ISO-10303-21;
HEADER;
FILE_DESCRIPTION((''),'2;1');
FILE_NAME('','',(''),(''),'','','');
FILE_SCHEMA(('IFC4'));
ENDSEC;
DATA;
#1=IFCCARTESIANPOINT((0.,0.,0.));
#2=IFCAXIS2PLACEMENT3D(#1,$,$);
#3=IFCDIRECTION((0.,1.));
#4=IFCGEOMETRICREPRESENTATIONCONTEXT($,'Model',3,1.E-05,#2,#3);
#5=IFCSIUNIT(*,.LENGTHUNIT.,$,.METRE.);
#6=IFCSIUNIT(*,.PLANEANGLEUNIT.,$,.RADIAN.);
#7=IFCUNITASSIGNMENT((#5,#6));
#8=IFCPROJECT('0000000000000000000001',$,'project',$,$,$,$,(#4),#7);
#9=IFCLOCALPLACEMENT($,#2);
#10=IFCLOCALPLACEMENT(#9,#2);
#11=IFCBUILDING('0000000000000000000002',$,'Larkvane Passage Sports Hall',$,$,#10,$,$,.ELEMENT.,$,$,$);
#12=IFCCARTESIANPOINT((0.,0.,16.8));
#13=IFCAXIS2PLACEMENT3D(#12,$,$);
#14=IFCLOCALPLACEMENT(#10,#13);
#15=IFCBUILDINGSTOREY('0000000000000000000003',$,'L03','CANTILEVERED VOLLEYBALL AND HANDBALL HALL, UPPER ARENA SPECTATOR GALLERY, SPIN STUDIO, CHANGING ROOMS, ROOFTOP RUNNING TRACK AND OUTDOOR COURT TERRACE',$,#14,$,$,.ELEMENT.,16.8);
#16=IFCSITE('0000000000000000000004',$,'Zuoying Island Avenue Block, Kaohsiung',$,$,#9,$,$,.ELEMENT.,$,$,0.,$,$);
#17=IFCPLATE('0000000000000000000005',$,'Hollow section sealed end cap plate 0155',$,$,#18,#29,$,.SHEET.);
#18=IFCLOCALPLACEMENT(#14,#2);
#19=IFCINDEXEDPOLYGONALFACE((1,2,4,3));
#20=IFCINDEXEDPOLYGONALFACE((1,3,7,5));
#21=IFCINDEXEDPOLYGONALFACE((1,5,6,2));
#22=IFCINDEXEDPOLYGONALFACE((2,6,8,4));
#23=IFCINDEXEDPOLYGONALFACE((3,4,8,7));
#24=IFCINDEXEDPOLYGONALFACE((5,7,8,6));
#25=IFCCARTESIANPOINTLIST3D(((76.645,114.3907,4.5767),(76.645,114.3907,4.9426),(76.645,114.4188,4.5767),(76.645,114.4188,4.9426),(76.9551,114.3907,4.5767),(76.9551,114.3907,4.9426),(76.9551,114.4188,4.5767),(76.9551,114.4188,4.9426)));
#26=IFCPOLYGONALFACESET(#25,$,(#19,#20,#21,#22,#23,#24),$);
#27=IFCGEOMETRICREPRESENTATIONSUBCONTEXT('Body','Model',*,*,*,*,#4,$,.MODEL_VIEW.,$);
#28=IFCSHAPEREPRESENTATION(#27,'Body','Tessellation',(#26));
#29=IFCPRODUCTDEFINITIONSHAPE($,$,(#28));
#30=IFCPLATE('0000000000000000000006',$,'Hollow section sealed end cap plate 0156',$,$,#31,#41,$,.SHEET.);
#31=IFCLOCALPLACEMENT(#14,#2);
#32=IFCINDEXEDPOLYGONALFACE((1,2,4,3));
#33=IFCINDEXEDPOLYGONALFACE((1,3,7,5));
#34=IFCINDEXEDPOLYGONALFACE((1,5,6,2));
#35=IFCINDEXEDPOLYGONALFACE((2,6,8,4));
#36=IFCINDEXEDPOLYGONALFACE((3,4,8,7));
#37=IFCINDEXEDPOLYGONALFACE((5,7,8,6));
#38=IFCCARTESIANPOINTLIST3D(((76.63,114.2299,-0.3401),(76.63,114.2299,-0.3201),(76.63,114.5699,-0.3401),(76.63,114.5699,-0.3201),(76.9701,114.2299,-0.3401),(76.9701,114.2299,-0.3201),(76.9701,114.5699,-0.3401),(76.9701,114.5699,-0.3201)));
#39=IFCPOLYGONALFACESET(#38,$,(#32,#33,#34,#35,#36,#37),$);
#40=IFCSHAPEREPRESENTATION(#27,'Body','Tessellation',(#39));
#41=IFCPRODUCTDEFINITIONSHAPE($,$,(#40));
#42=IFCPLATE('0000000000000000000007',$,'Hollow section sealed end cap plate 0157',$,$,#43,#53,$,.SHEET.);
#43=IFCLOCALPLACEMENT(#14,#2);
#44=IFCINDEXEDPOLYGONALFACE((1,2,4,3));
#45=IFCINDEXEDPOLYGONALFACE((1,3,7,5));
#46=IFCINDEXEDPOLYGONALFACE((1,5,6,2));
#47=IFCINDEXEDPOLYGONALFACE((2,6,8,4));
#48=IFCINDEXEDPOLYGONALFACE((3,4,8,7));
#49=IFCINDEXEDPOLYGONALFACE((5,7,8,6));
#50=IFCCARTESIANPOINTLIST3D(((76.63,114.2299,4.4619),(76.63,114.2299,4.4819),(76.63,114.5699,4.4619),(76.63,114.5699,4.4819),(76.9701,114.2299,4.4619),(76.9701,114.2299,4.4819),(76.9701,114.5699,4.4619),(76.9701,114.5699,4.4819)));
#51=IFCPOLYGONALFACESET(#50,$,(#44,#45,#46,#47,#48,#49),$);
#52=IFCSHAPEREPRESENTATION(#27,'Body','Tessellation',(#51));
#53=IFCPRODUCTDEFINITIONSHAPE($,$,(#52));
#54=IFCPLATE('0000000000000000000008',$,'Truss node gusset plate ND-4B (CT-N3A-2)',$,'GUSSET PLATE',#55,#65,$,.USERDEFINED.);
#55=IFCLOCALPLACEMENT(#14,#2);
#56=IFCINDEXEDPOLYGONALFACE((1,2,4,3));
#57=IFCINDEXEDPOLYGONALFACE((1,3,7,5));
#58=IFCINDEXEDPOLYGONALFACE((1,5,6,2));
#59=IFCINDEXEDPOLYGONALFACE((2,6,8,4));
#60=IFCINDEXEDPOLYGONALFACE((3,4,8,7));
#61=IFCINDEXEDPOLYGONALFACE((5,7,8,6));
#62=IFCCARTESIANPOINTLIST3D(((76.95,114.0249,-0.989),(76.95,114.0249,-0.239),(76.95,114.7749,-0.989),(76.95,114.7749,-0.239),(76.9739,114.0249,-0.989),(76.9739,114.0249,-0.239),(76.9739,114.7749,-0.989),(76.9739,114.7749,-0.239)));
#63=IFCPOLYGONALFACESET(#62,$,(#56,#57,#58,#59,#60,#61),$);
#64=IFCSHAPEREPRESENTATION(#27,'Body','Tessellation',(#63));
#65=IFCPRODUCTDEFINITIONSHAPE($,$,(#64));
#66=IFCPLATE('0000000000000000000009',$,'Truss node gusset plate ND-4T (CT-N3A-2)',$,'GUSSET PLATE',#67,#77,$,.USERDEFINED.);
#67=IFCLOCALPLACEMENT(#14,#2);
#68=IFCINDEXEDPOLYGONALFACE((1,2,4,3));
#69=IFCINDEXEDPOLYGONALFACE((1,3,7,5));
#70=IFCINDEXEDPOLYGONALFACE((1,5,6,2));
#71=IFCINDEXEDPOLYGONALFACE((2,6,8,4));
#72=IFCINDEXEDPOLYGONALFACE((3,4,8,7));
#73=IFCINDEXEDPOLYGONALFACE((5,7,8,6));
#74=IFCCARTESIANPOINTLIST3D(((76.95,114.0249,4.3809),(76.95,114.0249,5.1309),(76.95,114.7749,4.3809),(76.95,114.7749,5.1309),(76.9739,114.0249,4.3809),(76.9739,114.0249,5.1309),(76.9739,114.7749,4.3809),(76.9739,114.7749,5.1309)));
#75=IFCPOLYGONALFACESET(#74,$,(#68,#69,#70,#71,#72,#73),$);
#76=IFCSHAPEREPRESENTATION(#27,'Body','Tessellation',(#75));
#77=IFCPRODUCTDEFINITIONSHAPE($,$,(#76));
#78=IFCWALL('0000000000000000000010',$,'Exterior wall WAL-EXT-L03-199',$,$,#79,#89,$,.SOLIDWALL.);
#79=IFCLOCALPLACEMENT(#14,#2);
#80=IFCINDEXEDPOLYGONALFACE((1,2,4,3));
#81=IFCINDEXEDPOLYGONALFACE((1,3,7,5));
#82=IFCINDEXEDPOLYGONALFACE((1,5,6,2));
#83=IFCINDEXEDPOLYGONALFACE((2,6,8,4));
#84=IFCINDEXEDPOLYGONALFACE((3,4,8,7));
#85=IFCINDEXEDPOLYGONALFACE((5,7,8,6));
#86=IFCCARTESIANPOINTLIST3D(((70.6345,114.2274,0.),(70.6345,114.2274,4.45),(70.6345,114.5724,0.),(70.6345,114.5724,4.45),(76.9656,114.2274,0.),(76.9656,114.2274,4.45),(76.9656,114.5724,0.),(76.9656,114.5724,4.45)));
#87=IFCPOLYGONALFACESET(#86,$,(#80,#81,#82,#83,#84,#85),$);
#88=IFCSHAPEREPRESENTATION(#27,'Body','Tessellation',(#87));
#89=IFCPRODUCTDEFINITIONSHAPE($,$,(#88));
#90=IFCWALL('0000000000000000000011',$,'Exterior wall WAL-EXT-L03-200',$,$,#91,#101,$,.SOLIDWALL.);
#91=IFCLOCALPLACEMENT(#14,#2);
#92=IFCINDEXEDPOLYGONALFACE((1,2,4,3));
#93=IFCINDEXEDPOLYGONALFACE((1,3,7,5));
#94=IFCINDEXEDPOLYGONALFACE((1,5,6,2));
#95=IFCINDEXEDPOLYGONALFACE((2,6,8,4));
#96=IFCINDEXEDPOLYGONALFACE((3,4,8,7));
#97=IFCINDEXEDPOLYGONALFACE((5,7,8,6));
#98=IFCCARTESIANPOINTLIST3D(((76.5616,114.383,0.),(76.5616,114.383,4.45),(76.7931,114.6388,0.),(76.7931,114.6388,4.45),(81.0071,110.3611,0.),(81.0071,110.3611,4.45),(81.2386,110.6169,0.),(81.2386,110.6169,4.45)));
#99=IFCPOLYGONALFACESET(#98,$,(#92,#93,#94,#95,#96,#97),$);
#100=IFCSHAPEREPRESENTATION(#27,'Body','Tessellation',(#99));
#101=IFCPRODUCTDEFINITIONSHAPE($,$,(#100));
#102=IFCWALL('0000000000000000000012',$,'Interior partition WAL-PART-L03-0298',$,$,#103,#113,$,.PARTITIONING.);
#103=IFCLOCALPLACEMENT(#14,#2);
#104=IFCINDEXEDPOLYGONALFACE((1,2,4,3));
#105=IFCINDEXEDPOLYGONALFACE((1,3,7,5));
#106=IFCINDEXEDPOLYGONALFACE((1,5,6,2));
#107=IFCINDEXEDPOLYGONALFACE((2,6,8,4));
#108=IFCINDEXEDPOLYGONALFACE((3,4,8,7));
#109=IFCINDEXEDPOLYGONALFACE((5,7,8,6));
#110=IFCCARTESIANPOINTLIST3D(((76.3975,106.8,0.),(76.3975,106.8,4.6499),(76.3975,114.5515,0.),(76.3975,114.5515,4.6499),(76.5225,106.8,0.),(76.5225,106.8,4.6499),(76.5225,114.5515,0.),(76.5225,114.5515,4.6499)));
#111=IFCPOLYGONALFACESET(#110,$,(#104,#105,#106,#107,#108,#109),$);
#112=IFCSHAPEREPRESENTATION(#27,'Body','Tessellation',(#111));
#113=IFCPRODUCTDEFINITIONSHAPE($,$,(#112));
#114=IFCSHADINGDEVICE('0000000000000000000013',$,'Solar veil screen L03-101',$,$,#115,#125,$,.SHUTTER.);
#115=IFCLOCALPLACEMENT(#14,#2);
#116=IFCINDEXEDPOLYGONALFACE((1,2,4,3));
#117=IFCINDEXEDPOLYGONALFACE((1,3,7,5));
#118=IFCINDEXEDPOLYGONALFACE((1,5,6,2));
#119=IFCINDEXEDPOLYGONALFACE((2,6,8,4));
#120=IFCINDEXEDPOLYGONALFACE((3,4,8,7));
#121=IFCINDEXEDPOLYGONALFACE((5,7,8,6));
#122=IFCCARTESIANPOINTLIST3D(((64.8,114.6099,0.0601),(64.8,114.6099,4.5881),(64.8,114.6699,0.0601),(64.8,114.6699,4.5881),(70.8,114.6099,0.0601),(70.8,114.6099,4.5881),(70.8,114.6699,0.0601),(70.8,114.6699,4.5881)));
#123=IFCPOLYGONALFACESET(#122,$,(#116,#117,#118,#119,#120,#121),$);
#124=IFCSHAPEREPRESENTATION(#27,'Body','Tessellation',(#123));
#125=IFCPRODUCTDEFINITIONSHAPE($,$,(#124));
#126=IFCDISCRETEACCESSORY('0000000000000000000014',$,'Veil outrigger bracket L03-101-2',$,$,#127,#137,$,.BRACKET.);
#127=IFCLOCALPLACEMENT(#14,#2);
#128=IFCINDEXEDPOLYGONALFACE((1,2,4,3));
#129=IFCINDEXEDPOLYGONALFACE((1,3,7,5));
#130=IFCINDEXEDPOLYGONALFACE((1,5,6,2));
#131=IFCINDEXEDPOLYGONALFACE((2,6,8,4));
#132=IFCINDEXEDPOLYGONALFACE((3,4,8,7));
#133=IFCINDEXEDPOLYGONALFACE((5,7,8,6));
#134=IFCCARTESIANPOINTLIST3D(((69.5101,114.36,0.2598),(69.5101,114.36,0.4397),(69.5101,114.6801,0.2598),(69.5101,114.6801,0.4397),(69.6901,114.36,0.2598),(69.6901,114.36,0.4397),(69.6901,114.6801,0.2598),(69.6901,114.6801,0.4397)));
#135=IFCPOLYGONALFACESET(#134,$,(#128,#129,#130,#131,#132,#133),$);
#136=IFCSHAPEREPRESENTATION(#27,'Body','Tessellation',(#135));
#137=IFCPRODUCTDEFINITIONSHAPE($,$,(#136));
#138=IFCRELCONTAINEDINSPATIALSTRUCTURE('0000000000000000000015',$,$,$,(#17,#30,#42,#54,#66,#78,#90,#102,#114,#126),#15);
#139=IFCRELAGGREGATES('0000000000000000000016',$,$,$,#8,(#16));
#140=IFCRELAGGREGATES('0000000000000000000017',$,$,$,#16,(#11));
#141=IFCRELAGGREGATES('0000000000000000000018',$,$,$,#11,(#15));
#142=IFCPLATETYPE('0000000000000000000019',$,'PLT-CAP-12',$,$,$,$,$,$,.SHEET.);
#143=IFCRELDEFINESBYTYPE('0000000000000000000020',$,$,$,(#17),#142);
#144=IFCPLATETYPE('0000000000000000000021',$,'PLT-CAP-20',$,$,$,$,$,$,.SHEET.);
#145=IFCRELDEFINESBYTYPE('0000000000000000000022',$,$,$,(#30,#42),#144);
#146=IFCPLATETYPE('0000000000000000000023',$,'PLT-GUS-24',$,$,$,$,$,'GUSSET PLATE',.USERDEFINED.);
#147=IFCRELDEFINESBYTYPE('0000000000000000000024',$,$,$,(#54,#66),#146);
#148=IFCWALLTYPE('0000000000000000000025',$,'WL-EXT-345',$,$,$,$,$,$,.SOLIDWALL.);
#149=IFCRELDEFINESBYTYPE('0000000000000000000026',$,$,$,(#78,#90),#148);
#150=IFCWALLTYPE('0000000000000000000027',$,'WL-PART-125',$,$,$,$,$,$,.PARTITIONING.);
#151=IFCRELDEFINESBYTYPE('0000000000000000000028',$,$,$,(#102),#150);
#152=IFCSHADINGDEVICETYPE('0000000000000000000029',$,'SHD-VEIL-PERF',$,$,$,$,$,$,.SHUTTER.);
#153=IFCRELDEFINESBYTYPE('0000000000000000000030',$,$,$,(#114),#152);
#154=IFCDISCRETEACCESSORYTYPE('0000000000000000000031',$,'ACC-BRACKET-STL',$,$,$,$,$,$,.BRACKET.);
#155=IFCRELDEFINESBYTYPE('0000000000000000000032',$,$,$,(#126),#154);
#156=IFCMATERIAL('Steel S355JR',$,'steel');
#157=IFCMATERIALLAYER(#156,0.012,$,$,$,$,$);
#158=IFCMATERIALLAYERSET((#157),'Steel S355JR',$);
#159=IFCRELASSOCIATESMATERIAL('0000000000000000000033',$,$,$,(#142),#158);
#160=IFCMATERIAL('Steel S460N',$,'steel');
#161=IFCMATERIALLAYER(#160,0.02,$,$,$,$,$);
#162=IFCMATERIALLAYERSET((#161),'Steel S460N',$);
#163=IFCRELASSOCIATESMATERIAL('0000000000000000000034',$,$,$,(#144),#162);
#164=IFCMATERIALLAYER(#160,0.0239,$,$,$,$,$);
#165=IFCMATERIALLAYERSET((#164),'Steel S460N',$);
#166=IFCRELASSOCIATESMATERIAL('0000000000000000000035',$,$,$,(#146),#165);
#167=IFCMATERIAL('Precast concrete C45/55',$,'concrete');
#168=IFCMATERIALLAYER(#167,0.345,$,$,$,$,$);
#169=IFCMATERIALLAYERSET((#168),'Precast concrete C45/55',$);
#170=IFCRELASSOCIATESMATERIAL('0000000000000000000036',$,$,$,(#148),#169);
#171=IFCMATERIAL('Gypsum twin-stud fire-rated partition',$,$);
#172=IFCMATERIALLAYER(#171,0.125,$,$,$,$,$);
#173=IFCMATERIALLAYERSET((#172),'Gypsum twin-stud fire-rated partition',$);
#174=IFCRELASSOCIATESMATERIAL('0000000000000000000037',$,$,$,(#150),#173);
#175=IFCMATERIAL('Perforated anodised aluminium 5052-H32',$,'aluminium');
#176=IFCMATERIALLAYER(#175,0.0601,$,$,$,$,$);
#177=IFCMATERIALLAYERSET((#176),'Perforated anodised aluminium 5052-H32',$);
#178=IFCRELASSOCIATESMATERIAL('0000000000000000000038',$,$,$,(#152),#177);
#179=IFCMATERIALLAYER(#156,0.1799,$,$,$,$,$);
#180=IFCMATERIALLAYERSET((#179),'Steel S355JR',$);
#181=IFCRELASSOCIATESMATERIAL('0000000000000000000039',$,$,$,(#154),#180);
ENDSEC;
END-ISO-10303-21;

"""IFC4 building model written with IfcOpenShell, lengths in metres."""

from ifc_helpers import new_model, si_unit, direction, frame, frame_2d, origin, origin_2d, place, context, subcontext, project, spatial, rectangle, extrude, material, layer, layer_set, type_object, element, save


model = new_model("IFC4")

# Units and contexts
model_context = context("Model", 3, precision=1e-05, world=origin(), true_north=direction((0.0, 1.0)))
body_context = subcontext(model_context, "Body", "Model", "MODEL_VIEW")
ifc_project = project(units=[si_unit("LENGTHUNIT", "METRE"), si_unit("PLANEANGLEUNIT", "RADIAN")], contexts=[model_context])

# Site, building, storey
site_placement = place(None, origin())
site = spatial("IfcSite", under=ifc_project, at=site_placement, Name="Zuoying Island Avenue Block, Kaohsiung", CompositionType="ELEMENT", RefElevation=0.0)
building_placement = place(site_placement, origin())
building = spatial("IfcBuilding", under=site, at=building_placement, Name="Larkvane Passage Sports Hall", CompositionType="ELEMENT")
storey_placement = place(building_placement, frame((0.0, 0.0, 16.8)))
storey = spatial("IfcBuildingStorey", under=building, at=storey_placement, Name="L03", Description="CANTILEVERED VOLLEYBALL AND HANDBALL HALL, UPPER ARENA SPECTATOR GALLERY, SPIN STUDIO, CHANGING ROOMS, ROOFTOP RUNNING TRACK AND OUTDOOR COURT TERRACE", CompositionType="ELEMENT", Elevation=16.8)

# Shared definitions
ifc_material_1 = material(Name="Steel S460N", Category="steel")

# Plates
ifc_material_2 = material(Name="Steel S355JR", Category="steel")
ifc_layer_1 = layer(ifc_material_2, 0.012)
ifc_layer_set_1 = layer_set([ifc_layer_1], Name="Steel S355JR")
plate_type_1 = type_object("IfcPlateType", Name="PLT-CAP-12", PredefinedType="SHEET", material=ifc_layer_set_1)
plate_1_placement = place(storey_placement, frame((76.8, 114.4048, 4.5767), z_axis=(0.0, 0.0, 1.0), x_axis=(-1.0, 0.0, 0.0)))
element("IfcPlate", 1, at=plate_1_placement, inside=storey, type_object=plate_type_1, Name="Hollow section sealed end cap plate 0155", PredefinedType="SHEET", context=body_context, shape_type="SweptSolid", body=[
    extrude(rectangle(XDim=0.3101, YDim=0.0281, at=origin_2d()), origin(), (0.0, 0.0, 1.0), 0.366),
])
ifc_layer_2 = layer(ifc_material_1, 0.02)
ifc_layer_set_2 = layer_set([ifc_layer_2], Name="Steel S460N")
plate_type_2 = type_object("IfcPlateType", Name="PLT-CAP-20", PredefinedType="SHEET", material=ifc_layer_set_2)
for number, where, z_axis, x_axis, name in (
    (2, (76.8, 114.3999, -0.3401), (0.0, 0.0, 1.0), (1.0, 0.0, 0.0), "Hollow section sealed end cap plate 0156"),
    (3, (76.8, 114.3999, 4.4619), (0.0, 0.0, 1.0), (1.0, 0.0, 0.0), "Hollow section sealed end cap plate 0157"),
):
    element("IfcPlate", number, at=place(storey_placement, frame(where, z_axis=z_axis, x_axis=x_axis)), inside=storey, type_object=plate_type_2, Name=name, PredefinedType="SHEET", context=body_context, shape_type="SweptSolid", body=[
        extrude(rectangle(XDim=0.3401, YDim=0.3401, at=origin_2d()), origin(), (0.0, 0.0, 1.0), 0.02),
    ])
ifc_layer_3 = layer(ifc_material_1, 0.0239)
ifc_layer_set_3 = layer_set([ifc_layer_3], Name="Steel S460N")
plate_type_3 = type_object("IfcPlateType", Name="PLT-GUS-24", ElementType="GUSSET PLATE", PredefinedType="USERDEFINED", material=ifc_layer_set_3)
for number, where, z_axis, x_axis, name in (
    (4, (76.9619, 114.3999, -0.989), (0.0, 0.0, 1.0), (0.0, 1.0, 0.0), "Truss node gusset plate ND-4B (CT-N3A-2)"),
    (5, (76.9619, 114.3999, 4.3809), (0.0, 0.0, 1.0), (0.0, 1.0, 0.0), "Truss node gusset plate ND-4T (CT-N3A-2)"),
):
    element("IfcPlate", number, at=place(storey_placement, frame(where, z_axis=z_axis, x_axis=x_axis)), inside=storey, type_object=plate_type_3, Name=name, ObjectType="GUSSET PLATE", PredefinedType="USERDEFINED", context=body_context, shape_type="SweptSolid", body=[
        extrude(rectangle(XDim=0.75, YDim=0.0239, at=origin_2d()), origin(), (0.0, 0.0, 1.0), 0.75),
    ])

# Walls
ifc_material_3 = material(Name="Precast concrete C45/55", Category="concrete")
ifc_layer_4 = layer(ifc_material_3, 0.345)
ifc_layer_set_4 = layer_set([ifc_layer_4], Name="Precast concrete C45/55")
wall_type_1 = type_object("IfcWallType", Name="WL-EXT-345", PredefinedType="SOLIDWALL", material=ifc_layer_set_4)
wall_1_placement = place(storey_placement, frame((70.6345, 114.3999, 0.0), z_axis=(0.0, 0.0, 1.0), x_axis=(1.0, 0.0, 0.0)))
element("IfcWall", 6, at=wall_1_placement, inside=storey, type_object=wall_type_1, Name="Exterior wall WAL-EXT-L03-199", PredefinedType="SOLIDWALL", context=body_context, shape_type="SweptSolid", body=[
    extrude(rectangle(XDim=6.3311, YDim=0.345, at=frame_2d((3.1655, 0.0))), origin(), (0.0, 0.0, 1.0), 4.45),
])
wall_2_placement = place(storey_placement, frame((76.6772, 114.511, 0.0), z_axis=(0.0, 0.0, 1.0), x_axis=(0.741552, -0.670895, 0.0)))
element("IfcWall", 7, at=wall_2_placement, inside=storey, type_object=wall_type_1, Name="Exterior wall WAL-EXT-L03-200", PredefinedType="SOLIDWALL", context=body_context, shape_type="SweptSolid", body=[
    extrude(rectangle(XDim=5.9949, YDim=0.345, at=frame_2d((2.9976, 0.0))), origin(), (0.0, 0.0, 1.0), 4.45),
])
ifc_material_4 = material(Name="Gypsum twin-stud fire-rated partition")
ifc_layer_5 = layer(ifc_material_4, 0.125)
ifc_layer_set_5 = layer_set([ifc_layer_5], Name="Gypsum twin-stud fire-rated partition")
wall_type_2 = type_object("IfcWallType", Name="WL-PART-125", PredefinedType="PARTITIONING", material=ifc_layer_set_5)
wall_3_placement = place(storey_placement, frame((76.46, 114.5515, 0.0), z_axis=(0.0, 0.0, 1.0), x_axis=(0.0, -1.0, 0.0)))
element("IfcWall", 8, at=wall_3_placement, inside=storey, type_object=wall_type_2, Name="Interior partition WAL-PART-L03-0298", PredefinedType="PARTITIONING", context=body_context, shape_type="SweptSolid", body=[
    extrude(rectangle(XDim=7.7515, YDim=0.125, at=frame_2d((3.8757, 0.0))), origin(), (0.0, 0.0, 1.0), 4.6499),
])

# Shading device
ifc_material_5 = material(Name="Perforated anodised aluminium 5052-H32", Category="aluminium")
ifc_layer_6 = layer(ifc_material_5, 0.0601)
ifc_layer_set_6 = layer_set([ifc_layer_6], Name="Perforated anodised aluminium 5052-H32")
shading_device_type = type_object("IfcShadingDeviceType", Name="SHD-VEIL-PERF", PredefinedType="SHUTTER", material=ifc_layer_set_6)
shading_device_placement = place(storey_placement, frame((67.8, 114.6399, 0.0601), z_axis=(0.0, 0.0, 1.0), x_axis=(1.0, 0.0, 0.0)))
element("IfcShadingDevice", 9, at=shading_device_placement, inside=storey, type_object=shading_device_type, Name="Solar veil screen L03-101", PredefinedType="SHUTTER", context=body_context, shape_type="SweptSolid", body=[
    extrude(rectangle(XDim=6.0, YDim=0.0601, at=origin_2d()), origin(), (0.0, 0.0, 1.0), 4.5281),
])

# Discrete accessory
ifc_layer_7 = layer(ifc_material_2, 0.1799)
ifc_layer_set_7 = layer_set([ifc_layer_7], Name="Steel S355JR")
discrete_accessory_type = type_object("IfcDiscreteAccessoryType", Name="ACC-BRACKET-STL", PredefinedType="BRACKET", material=ifc_layer_set_7)
discrete_accessory_placement = place(storey_placement, frame((69.6001, 114.52, 0.2598), z_axis=(0.0, 0.0, 1.0), x_axis=(1.0, 0.0, 0.0)))
element("IfcDiscreteAccessory", 10, at=discrete_accessory_placement, inside=storey, type_object=discrete_accessory_type, Name="Veil outrigger bracket L03-101-2", PredefinedType="BRACKET", context=body_context, shape_type="SweptSolid", body=[
    extrude(rectangle(XDim=0.1799, YDim=0.3201, at=origin_2d()), origin(), (0.0, 0.0, 1.0), 0.1799),
])

save(model, "model.ifc")
